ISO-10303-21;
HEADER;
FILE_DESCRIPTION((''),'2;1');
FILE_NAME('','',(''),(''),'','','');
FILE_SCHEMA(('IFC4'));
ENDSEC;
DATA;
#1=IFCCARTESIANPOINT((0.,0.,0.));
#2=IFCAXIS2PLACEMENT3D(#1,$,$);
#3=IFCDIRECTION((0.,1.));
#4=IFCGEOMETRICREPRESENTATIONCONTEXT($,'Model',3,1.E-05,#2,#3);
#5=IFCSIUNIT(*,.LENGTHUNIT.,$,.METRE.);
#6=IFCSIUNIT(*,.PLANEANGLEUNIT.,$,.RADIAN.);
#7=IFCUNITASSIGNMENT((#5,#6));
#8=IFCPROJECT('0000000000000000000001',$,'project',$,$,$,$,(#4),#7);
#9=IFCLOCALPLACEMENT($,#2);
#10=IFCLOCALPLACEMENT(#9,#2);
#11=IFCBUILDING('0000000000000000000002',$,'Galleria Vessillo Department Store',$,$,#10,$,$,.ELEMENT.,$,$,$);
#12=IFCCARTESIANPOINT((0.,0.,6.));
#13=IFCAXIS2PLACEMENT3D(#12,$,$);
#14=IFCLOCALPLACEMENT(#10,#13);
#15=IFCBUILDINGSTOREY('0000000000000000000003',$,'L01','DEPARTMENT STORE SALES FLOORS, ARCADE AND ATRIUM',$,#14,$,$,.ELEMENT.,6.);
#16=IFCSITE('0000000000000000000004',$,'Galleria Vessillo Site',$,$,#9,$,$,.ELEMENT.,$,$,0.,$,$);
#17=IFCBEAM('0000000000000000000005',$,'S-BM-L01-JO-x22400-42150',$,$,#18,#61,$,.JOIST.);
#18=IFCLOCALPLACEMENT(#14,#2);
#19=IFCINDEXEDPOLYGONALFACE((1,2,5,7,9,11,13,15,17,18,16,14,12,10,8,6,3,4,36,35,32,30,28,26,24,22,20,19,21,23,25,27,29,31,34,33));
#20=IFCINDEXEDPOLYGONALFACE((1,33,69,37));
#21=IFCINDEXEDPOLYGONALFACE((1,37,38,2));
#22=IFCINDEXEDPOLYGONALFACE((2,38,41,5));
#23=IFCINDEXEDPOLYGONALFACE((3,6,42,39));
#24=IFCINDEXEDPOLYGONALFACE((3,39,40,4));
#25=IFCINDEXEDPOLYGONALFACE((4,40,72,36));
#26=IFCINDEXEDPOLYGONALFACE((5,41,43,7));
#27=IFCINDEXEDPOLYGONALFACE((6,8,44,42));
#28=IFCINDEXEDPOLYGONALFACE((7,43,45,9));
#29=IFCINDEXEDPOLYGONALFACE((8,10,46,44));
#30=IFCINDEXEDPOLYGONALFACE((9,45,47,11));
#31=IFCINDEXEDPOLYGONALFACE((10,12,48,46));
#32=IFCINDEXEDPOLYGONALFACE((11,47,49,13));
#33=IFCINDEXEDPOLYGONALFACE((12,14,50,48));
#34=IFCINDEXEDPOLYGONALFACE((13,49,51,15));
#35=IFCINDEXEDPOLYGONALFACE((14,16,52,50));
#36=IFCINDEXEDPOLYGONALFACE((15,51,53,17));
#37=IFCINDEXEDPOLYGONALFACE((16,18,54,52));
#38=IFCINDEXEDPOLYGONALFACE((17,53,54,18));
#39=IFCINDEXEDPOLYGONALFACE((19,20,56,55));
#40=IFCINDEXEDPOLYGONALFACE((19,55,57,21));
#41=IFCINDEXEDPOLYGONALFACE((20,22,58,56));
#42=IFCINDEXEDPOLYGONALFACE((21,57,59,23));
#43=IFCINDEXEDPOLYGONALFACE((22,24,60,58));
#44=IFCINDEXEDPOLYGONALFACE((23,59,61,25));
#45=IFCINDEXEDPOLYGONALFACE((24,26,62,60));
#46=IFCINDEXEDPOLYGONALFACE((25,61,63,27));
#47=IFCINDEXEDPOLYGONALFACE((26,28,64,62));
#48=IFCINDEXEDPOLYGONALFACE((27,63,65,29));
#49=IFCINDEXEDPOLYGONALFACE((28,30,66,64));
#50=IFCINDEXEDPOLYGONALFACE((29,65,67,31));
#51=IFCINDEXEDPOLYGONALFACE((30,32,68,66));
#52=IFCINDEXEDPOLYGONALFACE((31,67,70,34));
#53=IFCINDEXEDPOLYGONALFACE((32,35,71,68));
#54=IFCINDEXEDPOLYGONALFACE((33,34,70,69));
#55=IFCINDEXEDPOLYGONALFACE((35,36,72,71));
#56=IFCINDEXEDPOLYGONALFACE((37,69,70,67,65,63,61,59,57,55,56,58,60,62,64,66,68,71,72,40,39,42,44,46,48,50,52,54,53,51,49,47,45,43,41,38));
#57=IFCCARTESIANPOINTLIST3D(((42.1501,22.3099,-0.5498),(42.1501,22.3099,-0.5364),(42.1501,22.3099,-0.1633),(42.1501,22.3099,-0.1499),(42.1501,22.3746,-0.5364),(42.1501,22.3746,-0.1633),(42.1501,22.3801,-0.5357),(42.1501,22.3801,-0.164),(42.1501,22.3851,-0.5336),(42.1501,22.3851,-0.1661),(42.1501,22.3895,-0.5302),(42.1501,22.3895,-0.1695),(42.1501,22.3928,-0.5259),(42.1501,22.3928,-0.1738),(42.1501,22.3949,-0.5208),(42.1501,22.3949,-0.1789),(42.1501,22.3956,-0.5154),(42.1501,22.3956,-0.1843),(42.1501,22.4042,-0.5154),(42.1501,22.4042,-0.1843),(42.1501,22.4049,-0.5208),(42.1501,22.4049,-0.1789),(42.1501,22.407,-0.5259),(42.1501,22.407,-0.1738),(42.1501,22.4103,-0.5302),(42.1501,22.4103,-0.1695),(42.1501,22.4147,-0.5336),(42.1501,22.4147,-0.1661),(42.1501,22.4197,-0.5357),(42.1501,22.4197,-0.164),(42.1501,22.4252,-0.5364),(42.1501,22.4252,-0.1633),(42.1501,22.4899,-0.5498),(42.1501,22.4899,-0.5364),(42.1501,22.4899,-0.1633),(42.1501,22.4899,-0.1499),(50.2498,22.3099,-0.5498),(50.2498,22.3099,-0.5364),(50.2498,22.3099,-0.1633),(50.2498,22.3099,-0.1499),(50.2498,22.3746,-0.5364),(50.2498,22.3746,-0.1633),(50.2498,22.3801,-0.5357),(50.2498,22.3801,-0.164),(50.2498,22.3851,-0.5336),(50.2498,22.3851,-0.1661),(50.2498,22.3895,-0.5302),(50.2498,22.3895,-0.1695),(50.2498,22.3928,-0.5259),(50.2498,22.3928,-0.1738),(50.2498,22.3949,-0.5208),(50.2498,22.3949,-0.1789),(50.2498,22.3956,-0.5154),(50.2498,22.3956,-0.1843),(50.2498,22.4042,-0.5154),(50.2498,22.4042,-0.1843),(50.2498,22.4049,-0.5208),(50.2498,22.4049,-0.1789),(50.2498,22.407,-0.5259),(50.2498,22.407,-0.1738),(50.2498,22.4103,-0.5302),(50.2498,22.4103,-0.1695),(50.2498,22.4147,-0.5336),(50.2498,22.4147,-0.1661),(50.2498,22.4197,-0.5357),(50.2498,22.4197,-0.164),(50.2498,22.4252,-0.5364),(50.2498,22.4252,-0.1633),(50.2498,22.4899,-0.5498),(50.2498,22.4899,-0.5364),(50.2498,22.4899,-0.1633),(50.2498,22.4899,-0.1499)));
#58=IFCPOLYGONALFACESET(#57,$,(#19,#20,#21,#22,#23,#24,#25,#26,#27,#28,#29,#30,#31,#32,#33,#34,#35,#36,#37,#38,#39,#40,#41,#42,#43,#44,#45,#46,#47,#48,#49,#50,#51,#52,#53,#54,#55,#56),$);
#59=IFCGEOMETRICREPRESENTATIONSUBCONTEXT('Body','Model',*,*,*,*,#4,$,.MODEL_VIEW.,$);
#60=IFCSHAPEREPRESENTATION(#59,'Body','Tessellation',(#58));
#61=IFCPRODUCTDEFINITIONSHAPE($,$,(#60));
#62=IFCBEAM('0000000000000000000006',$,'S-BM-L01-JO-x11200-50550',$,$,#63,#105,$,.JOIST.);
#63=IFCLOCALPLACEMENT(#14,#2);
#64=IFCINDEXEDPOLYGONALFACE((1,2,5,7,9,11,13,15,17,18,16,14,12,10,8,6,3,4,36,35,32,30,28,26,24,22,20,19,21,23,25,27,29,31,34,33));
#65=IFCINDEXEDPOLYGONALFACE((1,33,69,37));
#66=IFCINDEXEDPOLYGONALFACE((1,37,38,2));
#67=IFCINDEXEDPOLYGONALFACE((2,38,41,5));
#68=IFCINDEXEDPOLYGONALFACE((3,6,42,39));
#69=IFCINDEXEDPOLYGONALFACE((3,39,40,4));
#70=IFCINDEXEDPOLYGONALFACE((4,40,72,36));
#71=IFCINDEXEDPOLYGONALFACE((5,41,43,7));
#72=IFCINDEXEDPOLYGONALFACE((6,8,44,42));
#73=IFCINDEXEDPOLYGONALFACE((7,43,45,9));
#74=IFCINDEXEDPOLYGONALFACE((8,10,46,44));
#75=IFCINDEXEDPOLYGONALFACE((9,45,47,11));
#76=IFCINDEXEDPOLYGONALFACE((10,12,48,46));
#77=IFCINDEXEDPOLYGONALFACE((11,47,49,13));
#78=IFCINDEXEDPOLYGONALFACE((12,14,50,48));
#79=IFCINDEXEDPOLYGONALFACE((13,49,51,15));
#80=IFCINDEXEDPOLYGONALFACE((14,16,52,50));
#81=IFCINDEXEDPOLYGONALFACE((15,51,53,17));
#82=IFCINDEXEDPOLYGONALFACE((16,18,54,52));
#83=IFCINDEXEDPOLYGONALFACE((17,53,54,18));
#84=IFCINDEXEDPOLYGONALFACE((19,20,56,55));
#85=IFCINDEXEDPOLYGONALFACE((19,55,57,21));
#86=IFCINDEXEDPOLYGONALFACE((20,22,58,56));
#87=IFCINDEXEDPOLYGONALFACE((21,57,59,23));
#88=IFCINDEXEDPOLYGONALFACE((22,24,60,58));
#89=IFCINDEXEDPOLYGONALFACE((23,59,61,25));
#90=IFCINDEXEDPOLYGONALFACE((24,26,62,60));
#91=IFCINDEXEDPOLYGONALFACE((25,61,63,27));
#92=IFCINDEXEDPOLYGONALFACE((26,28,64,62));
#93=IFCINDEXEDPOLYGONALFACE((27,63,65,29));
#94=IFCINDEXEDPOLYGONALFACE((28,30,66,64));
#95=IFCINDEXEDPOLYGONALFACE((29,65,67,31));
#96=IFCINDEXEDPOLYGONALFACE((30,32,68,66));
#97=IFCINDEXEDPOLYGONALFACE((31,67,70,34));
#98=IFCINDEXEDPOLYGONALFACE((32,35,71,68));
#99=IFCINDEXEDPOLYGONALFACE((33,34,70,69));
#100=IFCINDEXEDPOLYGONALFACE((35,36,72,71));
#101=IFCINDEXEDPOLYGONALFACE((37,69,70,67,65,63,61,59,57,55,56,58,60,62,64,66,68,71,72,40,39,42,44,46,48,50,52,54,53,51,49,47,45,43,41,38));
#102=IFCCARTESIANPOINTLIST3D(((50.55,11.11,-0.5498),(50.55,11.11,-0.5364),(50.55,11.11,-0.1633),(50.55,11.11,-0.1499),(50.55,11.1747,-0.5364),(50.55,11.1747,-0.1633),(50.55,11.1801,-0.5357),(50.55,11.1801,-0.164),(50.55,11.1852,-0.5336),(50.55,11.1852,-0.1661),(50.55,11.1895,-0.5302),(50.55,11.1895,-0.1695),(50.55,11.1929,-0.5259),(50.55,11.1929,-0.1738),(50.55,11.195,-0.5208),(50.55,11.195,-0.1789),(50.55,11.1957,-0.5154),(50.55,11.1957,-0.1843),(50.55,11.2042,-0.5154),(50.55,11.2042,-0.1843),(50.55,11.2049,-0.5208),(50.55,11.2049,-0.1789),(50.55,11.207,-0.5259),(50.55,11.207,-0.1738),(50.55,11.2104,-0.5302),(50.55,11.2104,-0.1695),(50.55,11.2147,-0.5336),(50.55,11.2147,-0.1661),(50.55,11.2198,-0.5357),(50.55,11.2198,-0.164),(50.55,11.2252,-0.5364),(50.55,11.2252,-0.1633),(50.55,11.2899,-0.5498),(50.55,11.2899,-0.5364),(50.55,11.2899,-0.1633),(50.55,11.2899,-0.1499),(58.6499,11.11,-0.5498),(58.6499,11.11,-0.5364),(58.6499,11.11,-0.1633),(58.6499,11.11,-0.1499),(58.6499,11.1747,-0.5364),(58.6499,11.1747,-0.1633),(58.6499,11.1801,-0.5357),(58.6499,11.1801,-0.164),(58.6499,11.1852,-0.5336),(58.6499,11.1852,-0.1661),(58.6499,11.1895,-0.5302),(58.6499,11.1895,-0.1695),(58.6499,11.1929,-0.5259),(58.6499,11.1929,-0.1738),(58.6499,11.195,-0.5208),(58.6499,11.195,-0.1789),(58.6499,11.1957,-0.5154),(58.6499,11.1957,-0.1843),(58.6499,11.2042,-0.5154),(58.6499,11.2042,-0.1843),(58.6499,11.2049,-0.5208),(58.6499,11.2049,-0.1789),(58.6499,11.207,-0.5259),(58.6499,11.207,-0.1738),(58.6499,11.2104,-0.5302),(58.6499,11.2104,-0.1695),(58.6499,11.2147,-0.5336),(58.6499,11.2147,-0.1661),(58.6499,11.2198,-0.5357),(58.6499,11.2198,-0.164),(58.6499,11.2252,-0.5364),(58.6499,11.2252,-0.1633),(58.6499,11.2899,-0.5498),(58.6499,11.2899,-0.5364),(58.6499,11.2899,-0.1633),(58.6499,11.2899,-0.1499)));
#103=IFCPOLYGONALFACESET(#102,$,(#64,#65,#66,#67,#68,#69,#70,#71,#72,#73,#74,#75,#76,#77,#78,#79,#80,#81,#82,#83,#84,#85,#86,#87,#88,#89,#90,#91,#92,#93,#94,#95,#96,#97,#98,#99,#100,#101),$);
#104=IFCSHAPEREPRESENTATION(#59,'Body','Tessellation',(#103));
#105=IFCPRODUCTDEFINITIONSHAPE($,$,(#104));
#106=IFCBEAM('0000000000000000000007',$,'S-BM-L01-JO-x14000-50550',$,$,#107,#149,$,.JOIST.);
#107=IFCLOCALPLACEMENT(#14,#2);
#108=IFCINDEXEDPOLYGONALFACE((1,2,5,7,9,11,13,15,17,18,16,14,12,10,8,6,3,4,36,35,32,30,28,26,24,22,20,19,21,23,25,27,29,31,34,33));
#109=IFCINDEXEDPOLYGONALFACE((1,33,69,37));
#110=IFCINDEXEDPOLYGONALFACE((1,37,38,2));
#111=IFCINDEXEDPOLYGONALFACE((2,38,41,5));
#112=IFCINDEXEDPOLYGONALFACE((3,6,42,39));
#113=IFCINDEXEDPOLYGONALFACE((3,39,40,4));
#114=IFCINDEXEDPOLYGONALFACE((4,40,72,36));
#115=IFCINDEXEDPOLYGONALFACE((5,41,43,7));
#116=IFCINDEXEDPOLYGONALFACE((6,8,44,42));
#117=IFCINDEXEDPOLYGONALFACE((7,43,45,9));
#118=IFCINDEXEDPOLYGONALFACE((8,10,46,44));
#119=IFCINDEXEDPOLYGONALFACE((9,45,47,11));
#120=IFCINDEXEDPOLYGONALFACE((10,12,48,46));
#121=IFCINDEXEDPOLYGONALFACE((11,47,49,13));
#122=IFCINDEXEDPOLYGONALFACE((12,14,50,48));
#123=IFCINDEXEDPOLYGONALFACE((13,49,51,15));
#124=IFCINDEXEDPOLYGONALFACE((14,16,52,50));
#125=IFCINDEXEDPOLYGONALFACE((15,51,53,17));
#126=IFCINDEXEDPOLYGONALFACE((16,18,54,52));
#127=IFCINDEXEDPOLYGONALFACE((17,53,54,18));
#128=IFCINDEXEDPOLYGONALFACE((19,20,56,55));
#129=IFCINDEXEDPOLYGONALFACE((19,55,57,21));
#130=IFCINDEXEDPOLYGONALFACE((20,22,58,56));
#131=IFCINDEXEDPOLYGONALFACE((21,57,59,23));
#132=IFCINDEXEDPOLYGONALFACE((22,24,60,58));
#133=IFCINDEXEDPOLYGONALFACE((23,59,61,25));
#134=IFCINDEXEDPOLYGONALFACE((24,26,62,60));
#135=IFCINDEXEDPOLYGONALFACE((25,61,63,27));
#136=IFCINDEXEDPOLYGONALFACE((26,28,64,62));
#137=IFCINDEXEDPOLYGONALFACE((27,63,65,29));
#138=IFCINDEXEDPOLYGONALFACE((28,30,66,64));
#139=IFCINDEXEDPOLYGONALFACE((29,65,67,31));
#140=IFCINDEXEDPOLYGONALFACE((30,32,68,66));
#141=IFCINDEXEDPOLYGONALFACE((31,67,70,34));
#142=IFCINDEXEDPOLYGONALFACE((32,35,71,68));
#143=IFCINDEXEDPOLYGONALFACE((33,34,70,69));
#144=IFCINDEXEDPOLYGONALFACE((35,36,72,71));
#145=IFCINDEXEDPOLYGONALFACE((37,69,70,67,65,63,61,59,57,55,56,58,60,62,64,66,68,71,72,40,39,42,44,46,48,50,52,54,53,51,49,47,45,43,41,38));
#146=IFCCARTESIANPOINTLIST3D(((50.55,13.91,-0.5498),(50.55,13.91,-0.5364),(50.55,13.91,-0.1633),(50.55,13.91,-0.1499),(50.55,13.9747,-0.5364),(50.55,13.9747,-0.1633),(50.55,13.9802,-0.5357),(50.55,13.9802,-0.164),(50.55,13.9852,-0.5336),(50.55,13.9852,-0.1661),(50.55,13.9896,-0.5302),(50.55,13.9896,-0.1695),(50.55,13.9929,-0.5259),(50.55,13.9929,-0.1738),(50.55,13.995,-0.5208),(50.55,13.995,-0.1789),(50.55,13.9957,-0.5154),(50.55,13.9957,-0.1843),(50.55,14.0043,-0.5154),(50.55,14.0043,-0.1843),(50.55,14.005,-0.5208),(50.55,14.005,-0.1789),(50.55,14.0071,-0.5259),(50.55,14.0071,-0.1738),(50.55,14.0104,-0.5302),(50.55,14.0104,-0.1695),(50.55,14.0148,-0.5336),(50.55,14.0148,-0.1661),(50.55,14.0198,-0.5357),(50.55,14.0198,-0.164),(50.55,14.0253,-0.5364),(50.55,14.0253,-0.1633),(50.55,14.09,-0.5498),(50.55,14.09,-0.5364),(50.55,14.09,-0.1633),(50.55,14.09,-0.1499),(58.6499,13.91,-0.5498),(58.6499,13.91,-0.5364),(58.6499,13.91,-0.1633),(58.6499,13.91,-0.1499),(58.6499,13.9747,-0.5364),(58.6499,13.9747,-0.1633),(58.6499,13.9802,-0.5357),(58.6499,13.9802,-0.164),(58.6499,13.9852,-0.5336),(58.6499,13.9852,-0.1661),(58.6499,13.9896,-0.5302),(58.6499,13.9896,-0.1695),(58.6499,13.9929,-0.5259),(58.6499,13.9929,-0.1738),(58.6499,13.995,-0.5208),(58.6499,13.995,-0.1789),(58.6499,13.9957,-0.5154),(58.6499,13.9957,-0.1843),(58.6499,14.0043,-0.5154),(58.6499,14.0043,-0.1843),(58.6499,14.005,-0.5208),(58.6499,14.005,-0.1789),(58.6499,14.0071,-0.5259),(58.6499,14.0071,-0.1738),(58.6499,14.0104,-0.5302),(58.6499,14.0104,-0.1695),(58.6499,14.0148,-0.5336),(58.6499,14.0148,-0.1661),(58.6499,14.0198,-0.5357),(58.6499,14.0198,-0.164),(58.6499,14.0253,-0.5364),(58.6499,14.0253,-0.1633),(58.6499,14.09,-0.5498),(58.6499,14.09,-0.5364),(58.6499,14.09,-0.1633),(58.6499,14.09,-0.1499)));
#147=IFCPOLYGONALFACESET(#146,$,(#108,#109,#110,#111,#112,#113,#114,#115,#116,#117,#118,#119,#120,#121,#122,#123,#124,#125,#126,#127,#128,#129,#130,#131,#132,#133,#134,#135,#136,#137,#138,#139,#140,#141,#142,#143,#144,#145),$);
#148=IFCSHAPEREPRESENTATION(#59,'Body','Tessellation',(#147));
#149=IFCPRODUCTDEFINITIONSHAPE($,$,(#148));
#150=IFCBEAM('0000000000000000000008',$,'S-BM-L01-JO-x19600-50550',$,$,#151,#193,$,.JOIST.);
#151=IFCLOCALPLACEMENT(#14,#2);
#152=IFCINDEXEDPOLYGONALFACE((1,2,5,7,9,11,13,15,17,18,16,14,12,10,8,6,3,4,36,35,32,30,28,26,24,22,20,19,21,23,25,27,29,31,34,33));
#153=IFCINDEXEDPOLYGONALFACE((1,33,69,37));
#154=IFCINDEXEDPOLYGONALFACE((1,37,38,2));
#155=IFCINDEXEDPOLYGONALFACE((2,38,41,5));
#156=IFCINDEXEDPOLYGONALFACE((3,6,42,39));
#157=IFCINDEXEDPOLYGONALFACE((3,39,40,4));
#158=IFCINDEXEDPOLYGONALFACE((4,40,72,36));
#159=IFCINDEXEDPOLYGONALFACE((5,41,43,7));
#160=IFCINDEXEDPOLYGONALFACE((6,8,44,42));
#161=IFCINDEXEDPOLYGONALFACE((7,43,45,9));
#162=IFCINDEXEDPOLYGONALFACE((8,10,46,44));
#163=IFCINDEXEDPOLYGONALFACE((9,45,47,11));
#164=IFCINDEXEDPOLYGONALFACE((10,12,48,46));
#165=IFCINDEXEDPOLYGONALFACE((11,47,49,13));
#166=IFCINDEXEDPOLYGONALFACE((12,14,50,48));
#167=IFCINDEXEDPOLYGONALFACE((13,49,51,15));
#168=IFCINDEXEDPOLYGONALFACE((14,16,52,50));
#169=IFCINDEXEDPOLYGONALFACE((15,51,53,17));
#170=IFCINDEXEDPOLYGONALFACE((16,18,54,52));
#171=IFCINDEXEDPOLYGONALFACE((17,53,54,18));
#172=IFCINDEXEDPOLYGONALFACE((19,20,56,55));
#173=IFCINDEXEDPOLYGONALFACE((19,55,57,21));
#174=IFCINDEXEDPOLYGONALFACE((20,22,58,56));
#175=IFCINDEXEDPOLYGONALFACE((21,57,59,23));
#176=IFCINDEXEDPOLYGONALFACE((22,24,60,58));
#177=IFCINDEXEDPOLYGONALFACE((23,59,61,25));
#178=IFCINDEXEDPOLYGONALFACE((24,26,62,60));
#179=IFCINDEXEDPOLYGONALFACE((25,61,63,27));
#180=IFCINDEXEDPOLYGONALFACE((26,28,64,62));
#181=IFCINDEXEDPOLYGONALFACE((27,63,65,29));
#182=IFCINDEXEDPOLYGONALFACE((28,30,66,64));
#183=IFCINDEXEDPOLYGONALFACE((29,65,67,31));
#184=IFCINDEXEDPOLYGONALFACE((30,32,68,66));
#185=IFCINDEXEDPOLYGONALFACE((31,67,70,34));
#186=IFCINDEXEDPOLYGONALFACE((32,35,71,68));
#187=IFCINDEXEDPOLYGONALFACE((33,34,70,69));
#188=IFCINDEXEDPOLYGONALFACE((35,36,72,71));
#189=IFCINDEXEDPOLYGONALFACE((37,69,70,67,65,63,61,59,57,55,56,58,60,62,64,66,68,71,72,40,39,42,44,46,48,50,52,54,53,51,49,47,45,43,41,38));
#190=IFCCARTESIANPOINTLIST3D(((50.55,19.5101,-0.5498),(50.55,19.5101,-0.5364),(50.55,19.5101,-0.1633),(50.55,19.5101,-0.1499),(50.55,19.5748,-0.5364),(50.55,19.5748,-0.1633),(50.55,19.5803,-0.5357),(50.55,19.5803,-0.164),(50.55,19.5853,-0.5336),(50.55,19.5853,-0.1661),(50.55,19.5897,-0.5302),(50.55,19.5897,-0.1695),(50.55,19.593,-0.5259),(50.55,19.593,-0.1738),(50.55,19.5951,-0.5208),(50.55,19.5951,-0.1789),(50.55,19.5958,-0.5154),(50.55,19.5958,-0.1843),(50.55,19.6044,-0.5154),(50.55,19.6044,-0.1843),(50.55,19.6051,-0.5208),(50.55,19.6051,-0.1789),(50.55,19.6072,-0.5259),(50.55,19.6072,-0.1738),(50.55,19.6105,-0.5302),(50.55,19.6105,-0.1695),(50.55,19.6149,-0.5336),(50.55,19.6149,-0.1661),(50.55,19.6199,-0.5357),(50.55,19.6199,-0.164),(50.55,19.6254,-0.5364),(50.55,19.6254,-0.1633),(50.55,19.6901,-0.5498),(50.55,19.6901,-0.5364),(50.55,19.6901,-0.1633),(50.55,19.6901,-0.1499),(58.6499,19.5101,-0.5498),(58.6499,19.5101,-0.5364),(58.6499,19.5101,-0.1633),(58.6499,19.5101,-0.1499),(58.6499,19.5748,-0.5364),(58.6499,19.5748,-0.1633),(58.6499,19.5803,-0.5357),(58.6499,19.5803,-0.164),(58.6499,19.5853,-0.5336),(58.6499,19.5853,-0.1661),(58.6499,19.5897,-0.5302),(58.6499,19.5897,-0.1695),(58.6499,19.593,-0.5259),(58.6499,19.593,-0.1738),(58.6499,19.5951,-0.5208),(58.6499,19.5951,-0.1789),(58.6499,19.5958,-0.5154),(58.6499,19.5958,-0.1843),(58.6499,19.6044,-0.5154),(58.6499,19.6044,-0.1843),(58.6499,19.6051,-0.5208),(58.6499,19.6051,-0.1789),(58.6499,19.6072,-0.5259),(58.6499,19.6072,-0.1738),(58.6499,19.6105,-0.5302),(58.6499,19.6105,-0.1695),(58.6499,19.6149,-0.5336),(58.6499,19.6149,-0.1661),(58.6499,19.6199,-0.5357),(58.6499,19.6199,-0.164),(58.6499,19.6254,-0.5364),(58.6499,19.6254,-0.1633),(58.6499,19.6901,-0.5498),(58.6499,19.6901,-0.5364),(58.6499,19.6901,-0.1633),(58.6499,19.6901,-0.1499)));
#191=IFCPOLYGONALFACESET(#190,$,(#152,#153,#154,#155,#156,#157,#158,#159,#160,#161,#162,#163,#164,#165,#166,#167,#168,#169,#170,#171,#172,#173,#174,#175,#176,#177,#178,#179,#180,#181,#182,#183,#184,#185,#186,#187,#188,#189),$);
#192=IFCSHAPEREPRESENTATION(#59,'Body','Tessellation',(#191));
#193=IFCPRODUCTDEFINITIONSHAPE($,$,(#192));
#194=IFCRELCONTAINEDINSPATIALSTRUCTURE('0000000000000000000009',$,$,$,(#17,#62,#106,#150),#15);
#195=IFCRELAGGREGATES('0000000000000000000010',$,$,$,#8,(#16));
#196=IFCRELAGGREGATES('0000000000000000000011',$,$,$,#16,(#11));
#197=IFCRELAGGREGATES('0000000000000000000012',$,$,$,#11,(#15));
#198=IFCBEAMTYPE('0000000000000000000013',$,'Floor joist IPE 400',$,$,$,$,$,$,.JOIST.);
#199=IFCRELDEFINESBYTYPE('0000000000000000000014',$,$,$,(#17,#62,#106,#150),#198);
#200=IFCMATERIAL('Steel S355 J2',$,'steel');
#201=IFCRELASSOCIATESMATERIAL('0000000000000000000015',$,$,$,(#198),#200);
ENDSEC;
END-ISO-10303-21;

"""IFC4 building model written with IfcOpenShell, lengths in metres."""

from ifc_helpers import new_model, si_unit, direction, frame, origin, origin_2d, place, context, subcontext, project, spatial, i_section, extrude, material, material_profile, profile_set, type_object, element, save


model = new_model("IFC4")

# Units and contexts
model_context = context("Model", 3, precision=1e-05, world=origin(), true_north=direction((0.0, 1.0)))
body_context = subcontext(model_context, "Body", "Model", "MODEL_VIEW")
ifc_project = project(units=[si_unit("LENGTHUNIT", "METRE"), si_unit("PLANEANGLEUNIT", "RADIAN")], contexts=[model_context])

# Site, building, storey
site_placement = place(None, origin())
site = spatial("IfcSite", under=ifc_project, at=site_placement, Name="Galleria Vessillo Site", CompositionType="ELEMENT", RefElevation=0.0)
building_placement = place(site_placement, origin())
building = spatial("IfcBuilding", under=site, at=building_placement, Name="Galleria Vessillo Department Store", CompositionType="ELEMENT")
storey_placement = place(building_placement, frame((0.0, 0.0, 6.0)))
storey = spatial("IfcBuildingStorey", under=building, at=storey_placement, Name="L01", Description="DEPARTMENT STORE SALES FLOORS, ARCADE AND ATRIUM", CompositionType="ELEMENT", Elevation=6.0)

# Beams
ifc_material_1 = material(Name="Steel S355 J2", Category="steel")
ifc_material_profile_1 = material_profile(ifc_material_1, i_section(OverallWidth=0.1799, OverallDepth=0.3999, WebThickness=0.0085, FlangeThickness=0.0134, FilletRadius=0.021, at=origin_2d()), Name="IPE 400")
ifc_profile_set_1 = profile_set([ifc_material_profile_1], Name="Steel S355 J2")
beam_type_1 = type_object("IfcBeamType", Name="Floor joist IPE 400", PredefinedType="JOIST", material=ifc_profile_set_1)
for number, where, z_axis, x_axis, name in (
    (1, (42.1501, 22.3999, -0.3499), (1.0, 0.0, 0.0), (0.0, 1.0, 0.0), "S-BM-L01-JO-x22400-42150"),
):
    element("IfcBeam", number, at=place(storey_placement, frame(where, z_axis=z_axis, x_axis=x_axis)), inside=storey, type_object=beam_type_1, Name=name, PredefinedType="JOIST", context=body_context, shape_type="SweptSolid", body=[
        extrude(i_section(OverallWidth=0.1799, OverallDepth=0.3999, WebThickness=0.0085, FlangeThickness=0.0134, FilletRadius=0.021, at=origin_2d()), origin(), (0.0, 0.0, 1.0), 8.0996),
    ])
for number, where, z_axis, x_axis, name in (
    (2, (50.55, 11.2, -0.3499), (1.0, 0.0, 0.0), (0.0, 1.0, 0.0), "S-BM-L01-JO-x11200-50550"),
    (3, (50.55, 14.0, -0.3499), (1.0, 0.0, 0.0), (0.0, 1.0, 0.0), "S-BM-L01-JO-x14000-50550"),
    (4, (50.55, 19.6001, -0.3499), (1.0, 0.0, 0.0), (0.0, 1.0, 0.0), "S-BM-L01-JO-x19600-50550"),
):
    element("IfcBeam", number, at=place(storey_placement, frame(where, z_axis=z_axis, x_axis=x_axis)), inside=storey, type_object=beam_type_1, Name=name, PredefinedType="JOIST", context=body_context, shape_type="SweptSolid", body=[
        extrude(i_section(OverallWidth=0.1799, OverallDepth=0.3999, WebThickness=0.0085, FlangeThickness=0.0134, FilletRadius=0.021, at=origin_2d()), origin(), (0.0, 0.0, 1.0), 8.0999),
    ])

save(model, "model.ifc")
